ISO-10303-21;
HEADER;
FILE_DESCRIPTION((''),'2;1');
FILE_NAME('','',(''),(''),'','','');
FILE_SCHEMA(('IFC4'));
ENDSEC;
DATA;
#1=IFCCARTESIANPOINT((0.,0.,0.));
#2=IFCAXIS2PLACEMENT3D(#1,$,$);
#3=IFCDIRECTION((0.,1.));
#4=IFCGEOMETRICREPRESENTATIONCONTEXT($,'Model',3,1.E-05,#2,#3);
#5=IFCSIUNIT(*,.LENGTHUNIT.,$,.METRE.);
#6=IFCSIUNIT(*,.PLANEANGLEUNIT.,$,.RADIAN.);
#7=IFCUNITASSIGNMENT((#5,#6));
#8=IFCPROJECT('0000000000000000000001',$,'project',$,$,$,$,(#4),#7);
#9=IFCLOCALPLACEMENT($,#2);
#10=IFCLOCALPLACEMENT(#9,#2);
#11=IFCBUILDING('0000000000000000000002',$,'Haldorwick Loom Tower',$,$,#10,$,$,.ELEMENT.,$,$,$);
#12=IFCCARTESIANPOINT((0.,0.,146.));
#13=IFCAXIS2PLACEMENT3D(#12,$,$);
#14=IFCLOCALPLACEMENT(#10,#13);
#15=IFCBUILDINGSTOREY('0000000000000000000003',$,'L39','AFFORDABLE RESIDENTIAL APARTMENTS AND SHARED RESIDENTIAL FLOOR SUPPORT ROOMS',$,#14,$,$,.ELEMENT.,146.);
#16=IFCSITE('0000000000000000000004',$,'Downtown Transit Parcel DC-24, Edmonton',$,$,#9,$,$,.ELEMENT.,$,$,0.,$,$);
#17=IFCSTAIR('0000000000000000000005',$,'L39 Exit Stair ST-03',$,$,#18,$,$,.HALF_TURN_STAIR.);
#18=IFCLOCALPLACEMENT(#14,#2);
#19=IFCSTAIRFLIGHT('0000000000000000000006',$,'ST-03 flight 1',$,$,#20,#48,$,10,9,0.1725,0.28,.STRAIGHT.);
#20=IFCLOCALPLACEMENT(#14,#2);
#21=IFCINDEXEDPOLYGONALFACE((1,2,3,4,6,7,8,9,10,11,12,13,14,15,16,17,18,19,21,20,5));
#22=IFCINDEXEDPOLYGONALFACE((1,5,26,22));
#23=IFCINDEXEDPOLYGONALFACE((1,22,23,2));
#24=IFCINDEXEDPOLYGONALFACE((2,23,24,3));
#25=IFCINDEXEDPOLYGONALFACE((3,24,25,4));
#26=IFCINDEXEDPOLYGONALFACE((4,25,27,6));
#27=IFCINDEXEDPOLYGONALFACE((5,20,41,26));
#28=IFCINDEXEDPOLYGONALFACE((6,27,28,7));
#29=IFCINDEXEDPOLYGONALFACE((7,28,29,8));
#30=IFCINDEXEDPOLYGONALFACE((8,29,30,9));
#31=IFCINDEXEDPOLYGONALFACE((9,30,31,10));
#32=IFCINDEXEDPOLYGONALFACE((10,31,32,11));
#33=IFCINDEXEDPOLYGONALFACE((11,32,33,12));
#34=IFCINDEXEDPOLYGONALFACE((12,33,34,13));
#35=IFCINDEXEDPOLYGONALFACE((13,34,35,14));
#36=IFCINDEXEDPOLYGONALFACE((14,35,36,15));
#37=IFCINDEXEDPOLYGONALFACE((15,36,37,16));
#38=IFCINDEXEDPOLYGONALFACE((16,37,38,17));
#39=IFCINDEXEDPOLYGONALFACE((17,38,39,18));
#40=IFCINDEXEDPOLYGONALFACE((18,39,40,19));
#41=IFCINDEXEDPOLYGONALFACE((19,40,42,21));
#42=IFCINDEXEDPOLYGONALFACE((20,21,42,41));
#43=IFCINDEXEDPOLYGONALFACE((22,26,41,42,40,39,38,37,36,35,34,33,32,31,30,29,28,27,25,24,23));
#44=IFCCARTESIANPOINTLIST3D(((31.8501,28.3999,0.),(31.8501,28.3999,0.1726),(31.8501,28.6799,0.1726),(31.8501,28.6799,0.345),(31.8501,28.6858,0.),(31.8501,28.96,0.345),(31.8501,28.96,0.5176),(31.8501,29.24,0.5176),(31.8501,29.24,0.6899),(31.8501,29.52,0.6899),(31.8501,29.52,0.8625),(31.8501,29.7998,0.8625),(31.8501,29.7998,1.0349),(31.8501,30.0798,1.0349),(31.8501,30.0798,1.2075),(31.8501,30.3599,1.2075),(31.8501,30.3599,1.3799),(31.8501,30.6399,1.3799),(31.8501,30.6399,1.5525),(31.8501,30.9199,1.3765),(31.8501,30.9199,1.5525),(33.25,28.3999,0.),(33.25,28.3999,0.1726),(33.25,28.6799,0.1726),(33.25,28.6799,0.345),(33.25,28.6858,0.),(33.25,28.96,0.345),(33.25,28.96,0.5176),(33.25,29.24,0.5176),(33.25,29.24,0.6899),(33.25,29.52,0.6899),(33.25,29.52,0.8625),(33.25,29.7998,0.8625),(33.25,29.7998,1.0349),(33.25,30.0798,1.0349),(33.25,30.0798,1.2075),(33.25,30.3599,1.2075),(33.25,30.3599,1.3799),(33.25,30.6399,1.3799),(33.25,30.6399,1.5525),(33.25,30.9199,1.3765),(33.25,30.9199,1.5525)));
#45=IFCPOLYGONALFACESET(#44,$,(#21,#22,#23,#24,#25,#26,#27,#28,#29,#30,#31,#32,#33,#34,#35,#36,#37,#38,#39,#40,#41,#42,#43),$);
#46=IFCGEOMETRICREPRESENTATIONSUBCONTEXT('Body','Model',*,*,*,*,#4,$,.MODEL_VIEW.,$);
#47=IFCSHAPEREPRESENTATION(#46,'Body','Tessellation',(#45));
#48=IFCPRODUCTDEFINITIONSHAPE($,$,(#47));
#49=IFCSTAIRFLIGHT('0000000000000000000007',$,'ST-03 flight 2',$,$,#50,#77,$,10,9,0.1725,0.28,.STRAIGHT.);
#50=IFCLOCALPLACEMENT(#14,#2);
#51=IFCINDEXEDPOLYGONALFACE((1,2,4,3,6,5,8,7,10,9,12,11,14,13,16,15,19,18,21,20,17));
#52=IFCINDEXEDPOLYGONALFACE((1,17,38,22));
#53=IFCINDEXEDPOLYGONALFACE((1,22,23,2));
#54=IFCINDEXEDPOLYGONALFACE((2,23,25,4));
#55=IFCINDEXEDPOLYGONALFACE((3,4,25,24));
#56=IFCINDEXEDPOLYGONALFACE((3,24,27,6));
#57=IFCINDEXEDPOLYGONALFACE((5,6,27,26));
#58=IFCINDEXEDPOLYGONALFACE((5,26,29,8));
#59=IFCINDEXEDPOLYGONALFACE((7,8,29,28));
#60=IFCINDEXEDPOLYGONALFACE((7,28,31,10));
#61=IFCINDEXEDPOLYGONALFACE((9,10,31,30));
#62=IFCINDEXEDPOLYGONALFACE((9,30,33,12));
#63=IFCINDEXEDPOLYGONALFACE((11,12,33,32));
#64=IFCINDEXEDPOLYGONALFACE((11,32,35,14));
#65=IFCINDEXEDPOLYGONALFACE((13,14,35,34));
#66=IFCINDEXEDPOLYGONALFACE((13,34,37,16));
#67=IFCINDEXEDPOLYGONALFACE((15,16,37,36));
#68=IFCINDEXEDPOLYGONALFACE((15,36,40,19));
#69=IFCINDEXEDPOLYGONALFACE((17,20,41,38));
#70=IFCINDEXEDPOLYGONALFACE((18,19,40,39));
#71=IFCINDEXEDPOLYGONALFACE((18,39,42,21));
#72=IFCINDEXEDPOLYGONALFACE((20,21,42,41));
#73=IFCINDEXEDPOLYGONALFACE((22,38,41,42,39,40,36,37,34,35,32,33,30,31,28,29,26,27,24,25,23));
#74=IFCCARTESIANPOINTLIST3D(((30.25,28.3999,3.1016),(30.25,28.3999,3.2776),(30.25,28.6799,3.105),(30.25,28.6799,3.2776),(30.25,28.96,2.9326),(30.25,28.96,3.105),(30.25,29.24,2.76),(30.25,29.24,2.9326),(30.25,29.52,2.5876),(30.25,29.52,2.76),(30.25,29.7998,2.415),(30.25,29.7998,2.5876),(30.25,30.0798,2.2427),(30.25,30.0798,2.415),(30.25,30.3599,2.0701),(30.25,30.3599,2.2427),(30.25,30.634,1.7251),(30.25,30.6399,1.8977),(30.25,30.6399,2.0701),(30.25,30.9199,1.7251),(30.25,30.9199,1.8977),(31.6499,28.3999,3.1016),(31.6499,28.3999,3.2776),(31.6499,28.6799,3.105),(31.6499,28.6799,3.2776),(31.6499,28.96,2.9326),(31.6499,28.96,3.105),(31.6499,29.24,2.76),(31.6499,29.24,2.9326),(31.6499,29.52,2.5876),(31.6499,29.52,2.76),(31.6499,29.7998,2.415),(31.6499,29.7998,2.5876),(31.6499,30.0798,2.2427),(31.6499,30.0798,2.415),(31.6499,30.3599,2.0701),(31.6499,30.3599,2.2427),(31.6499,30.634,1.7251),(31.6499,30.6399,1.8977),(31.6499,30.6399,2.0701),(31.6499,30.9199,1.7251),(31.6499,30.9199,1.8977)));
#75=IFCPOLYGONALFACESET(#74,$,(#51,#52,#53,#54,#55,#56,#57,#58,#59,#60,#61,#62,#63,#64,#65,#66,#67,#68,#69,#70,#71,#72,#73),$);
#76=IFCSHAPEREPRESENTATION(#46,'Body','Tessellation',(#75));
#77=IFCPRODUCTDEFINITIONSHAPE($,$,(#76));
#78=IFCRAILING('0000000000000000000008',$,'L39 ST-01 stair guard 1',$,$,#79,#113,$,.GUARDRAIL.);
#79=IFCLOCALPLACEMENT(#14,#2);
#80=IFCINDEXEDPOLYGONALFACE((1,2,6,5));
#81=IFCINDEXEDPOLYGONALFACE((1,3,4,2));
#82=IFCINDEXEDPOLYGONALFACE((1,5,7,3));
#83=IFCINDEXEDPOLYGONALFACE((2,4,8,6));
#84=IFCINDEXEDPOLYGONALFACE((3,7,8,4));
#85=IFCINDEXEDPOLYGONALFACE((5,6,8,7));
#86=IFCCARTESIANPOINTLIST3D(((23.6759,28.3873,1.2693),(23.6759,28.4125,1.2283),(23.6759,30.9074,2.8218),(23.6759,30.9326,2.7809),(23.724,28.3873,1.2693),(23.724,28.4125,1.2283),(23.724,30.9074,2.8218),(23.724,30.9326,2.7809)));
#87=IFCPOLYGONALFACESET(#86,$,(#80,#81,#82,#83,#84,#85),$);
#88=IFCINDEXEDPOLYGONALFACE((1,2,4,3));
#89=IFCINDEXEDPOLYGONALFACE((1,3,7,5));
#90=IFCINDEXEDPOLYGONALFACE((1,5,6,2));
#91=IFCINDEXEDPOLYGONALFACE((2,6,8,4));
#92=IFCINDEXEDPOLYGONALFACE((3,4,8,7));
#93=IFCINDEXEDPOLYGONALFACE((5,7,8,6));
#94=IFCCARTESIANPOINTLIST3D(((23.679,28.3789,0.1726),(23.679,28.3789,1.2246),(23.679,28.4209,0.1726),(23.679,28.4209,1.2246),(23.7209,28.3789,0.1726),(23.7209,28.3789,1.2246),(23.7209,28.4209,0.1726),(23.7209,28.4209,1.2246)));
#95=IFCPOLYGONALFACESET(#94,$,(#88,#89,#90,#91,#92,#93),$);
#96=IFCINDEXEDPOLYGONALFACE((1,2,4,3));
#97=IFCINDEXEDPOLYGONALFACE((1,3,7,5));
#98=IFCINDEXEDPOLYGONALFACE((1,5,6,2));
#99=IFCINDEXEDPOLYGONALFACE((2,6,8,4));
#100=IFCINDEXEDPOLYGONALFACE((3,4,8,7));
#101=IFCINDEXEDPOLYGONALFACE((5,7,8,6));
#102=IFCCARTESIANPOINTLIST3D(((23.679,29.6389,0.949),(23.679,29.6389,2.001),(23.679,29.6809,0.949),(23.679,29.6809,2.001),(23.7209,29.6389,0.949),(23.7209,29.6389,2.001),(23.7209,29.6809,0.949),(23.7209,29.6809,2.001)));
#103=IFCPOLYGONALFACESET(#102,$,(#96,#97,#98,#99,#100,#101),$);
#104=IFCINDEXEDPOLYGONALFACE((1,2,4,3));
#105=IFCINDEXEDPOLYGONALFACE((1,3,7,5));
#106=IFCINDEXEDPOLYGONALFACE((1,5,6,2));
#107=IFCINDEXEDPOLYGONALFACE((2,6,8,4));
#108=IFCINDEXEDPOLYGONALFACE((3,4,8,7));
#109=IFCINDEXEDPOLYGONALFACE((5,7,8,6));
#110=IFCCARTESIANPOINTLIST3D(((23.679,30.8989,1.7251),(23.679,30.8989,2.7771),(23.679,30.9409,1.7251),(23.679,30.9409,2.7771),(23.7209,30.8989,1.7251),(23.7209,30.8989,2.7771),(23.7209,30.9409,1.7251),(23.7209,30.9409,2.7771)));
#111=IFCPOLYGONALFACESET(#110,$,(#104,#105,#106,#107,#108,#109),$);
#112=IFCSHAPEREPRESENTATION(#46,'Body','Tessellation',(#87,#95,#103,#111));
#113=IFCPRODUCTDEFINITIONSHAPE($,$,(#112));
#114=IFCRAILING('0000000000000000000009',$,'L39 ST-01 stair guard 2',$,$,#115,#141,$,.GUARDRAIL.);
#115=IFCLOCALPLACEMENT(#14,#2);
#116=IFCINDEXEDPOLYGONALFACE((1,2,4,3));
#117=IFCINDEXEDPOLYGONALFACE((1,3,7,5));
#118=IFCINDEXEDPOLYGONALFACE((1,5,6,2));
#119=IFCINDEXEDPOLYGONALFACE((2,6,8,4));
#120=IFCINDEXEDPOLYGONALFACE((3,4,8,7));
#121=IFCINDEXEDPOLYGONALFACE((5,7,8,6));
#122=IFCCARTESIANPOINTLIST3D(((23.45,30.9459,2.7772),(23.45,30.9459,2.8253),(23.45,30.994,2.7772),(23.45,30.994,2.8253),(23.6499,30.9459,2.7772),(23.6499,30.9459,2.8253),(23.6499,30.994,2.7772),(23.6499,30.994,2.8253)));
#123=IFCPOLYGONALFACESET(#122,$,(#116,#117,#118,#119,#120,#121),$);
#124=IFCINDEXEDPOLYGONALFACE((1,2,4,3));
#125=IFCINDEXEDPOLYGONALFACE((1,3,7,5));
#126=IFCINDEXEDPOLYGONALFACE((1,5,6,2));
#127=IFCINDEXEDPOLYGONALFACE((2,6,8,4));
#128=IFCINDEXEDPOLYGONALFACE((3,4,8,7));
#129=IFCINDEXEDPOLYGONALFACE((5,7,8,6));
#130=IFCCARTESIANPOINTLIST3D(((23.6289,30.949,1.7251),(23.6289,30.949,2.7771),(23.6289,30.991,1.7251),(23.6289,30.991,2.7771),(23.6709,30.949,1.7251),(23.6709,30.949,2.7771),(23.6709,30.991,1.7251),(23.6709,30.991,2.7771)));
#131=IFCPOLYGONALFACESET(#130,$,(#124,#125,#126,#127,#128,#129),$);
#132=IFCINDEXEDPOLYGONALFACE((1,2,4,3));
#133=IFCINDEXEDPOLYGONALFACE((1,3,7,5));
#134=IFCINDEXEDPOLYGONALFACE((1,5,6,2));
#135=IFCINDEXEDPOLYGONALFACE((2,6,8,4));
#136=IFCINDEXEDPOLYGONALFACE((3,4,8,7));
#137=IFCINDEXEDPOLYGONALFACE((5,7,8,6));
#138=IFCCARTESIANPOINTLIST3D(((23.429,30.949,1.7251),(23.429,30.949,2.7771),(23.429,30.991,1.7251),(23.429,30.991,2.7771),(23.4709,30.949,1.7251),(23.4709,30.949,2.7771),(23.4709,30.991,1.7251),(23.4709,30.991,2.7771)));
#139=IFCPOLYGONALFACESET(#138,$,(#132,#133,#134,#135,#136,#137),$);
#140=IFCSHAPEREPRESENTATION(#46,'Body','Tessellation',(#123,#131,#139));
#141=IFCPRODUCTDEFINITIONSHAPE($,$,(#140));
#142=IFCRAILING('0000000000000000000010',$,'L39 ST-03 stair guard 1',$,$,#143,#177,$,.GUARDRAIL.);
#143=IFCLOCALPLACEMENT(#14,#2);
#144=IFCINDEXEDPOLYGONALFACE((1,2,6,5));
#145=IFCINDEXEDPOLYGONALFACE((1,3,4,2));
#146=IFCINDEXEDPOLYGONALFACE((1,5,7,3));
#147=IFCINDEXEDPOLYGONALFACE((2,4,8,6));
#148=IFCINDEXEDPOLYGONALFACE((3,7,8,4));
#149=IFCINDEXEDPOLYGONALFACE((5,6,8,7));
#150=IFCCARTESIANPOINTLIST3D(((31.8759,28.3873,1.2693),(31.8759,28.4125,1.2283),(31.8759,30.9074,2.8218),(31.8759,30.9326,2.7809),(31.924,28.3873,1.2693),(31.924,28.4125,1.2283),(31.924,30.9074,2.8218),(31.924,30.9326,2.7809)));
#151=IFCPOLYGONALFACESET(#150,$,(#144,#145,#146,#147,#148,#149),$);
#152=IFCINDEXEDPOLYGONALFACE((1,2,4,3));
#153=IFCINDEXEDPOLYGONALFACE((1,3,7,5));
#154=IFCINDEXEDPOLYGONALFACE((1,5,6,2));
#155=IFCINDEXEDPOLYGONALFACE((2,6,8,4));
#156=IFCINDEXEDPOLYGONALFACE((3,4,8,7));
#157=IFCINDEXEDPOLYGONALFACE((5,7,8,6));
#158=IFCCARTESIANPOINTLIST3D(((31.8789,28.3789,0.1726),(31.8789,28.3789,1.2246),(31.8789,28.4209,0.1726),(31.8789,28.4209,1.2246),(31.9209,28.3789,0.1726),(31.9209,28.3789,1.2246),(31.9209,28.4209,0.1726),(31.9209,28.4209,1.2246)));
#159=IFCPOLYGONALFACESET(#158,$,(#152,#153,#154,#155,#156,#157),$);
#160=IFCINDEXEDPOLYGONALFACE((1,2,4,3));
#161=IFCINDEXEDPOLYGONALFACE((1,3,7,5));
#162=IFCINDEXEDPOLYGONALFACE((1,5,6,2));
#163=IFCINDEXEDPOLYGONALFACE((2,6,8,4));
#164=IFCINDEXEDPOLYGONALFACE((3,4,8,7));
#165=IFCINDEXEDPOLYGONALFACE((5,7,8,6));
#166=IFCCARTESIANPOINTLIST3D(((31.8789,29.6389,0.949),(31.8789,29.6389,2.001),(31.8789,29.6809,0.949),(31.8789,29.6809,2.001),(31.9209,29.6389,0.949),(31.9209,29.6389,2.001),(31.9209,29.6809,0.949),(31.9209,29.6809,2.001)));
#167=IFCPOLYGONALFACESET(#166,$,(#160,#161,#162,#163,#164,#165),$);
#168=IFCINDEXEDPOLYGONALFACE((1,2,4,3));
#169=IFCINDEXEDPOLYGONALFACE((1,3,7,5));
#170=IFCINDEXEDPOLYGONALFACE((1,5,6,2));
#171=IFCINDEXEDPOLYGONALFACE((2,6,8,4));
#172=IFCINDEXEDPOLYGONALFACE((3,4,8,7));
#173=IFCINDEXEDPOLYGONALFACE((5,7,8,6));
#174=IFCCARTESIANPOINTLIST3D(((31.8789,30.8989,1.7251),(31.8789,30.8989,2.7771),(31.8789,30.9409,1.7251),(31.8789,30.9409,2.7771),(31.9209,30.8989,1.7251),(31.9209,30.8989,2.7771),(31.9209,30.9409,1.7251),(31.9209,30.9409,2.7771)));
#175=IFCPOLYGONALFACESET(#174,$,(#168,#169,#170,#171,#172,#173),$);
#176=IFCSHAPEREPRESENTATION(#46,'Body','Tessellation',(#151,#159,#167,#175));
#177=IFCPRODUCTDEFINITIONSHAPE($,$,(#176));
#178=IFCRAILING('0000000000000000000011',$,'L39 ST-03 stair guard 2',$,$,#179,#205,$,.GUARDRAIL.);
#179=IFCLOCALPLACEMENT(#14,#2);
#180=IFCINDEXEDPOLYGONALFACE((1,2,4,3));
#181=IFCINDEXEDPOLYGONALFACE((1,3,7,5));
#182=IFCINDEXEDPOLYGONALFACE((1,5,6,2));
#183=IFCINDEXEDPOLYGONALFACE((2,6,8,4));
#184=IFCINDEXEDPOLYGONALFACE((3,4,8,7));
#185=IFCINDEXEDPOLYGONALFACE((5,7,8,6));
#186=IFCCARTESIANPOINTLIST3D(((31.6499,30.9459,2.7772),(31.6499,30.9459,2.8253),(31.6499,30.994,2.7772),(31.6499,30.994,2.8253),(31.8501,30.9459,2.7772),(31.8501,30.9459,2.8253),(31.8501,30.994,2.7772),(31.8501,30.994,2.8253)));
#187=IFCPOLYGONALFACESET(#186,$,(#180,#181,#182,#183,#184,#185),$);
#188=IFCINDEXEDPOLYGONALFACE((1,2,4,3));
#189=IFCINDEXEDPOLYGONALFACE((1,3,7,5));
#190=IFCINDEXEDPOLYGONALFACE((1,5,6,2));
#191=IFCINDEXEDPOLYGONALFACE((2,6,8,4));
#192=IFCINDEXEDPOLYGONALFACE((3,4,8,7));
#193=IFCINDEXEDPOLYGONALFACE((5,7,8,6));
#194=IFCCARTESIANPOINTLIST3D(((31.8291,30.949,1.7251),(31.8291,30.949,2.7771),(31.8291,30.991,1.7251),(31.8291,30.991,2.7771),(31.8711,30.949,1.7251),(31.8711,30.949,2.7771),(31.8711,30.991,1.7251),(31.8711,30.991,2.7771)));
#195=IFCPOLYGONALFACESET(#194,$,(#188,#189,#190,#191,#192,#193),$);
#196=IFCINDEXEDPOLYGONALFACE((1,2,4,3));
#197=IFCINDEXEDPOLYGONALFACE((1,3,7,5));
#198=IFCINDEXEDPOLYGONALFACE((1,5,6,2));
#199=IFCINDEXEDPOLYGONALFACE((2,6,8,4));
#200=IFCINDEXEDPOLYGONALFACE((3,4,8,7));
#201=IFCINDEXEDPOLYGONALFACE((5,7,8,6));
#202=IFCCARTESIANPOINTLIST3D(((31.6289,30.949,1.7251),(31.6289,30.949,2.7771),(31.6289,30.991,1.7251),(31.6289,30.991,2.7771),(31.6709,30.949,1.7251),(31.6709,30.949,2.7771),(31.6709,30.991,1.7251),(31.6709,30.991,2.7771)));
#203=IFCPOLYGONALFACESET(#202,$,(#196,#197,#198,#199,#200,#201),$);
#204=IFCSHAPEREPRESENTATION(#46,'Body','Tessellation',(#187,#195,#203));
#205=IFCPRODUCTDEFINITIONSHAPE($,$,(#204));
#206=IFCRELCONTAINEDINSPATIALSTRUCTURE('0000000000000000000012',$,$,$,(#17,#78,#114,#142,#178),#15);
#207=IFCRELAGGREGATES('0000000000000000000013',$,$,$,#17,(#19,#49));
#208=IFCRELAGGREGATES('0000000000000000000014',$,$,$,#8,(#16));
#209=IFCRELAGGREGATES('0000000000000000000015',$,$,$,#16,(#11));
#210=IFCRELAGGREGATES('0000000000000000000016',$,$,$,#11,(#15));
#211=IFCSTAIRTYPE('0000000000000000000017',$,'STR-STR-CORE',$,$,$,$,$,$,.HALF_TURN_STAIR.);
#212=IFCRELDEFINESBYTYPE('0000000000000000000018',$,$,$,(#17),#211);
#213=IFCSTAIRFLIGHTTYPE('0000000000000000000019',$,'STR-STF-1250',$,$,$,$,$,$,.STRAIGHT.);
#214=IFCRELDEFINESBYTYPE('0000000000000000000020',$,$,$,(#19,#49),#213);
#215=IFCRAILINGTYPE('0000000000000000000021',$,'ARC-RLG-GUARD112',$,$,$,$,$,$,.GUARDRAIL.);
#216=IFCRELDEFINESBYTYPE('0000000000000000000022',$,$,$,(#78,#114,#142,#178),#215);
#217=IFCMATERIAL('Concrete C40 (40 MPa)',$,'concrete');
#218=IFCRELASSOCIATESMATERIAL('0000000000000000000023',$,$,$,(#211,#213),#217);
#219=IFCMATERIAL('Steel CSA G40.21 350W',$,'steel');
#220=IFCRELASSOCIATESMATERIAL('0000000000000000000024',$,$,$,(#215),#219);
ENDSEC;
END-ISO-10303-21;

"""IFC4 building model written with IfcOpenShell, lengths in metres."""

from ifc_helpers import new_model, si_unit, direction, frame, origin, origin_2d, place, context, subcontext, project, spatial, polyline, rectangle, outline, extrude, material, type_object, element, aggregate, save


model = new_model("IFC4")

# Units and contexts
model_context = context("Model", 3, precision=1e-05, world=origin(), true_north=direction((0.0, 1.0)))
body_context = subcontext(model_context, "Body", "Model", "MODEL_VIEW")
ifc_project = project(units=[si_unit("LENGTHUNIT", "METRE"), si_unit("PLANEANGLEUNIT", "RADIAN")], contexts=[model_context])

# Site, building, storey
site_placement = place(None, origin())
site = spatial("IfcSite", under=ifc_project, at=site_placement, Name="Downtown Transit Parcel DC-24, Edmonton", CompositionType="ELEMENT", RefElevation=0.0)
building_placement = place(site_placement, origin())
building = spatial("IfcBuilding", under=site, at=building_placement, Name="Haldorwick Loom Tower", CompositionType="ELEMENT")
storey_placement = place(building_placement, frame((0.0, 0.0, 146.0)))
storey = spatial("IfcBuildingStorey", under=building, at=storey_placement, Name="L39", Description="AFFORDABLE RESIDENTIAL APARTMENTS AND SHARED RESIDENTIAL FLOOR SUPPORT ROOMS", CompositionType="ELEMENT", Elevation=146.0)

# Shared definitions
ifc_material_1 = material(Name="Steel CSA G40.21 350W", Category="steel")

# Shared definitions
ifc_material_2 = material(Name="Concrete C40 (40 MPa)", Category="concrete")
stair_type = type_object("IfcStairType", Name="STR-STR-CORE", PredefinedType="HALF_TURN_STAIR", material=ifc_material_2)
stair_flight_type = type_object("IfcStairFlightType", Name="STR-STF-1250", PredefinedType="STRAIGHT", material=ifc_material_2)

# Stair, stair flights
stair_1_placement = place(storey_placement, origin())
stair_1 = element("IfcStair", 1, at=stair_1_placement, inside=storey, type_object=stair_type, Name="L39 Exit Stair ST-03", PredefinedType="HALF_TURN_STAIR")
stair_flight_1_placement = place(storey_placement, frame((32.55, 28.3999, 0.0), z_axis=(0.0, 0.0, 1.0), x_axis=(0.0, 1.0, 0.0)))
stair_flight_1 = element("IfcStairFlight", 2, at=stair_flight_1_placement, type_object=stair_flight_type, Name="ST-03 flight 1", NumberOfRisers=10, NumberOfTreads=9, PredefinedType="STRAIGHT", RiserHeight=0.1725, TreadLength=0.28, context=body_context, shape_type="SweptSolid", body=[
    extrude(outline(polyline([(0.0, 0.0), (0.0, 0.1726), (0.28, 0.1726), (0.28, 0.345), (0.5601, 0.345), (0.5601, 0.5176), (0.8401, 0.5176), (0.8401, 0.6899), (1.1201, 0.6899), (1.1201, 0.8625), (1.3999, 0.8625), (1.3999, 1.0349), (1.6799, 1.0349), (1.6799, 1.2075), (1.96, 1.2075), (1.96, 1.3799), (2.24, 1.3799), (2.24, 1.5525), (2.52, 1.5525), (2.52, 1.7251), (2.52, 1.3765), (0.2859, 0.0), (0.0, 0.0)])), frame((0.0, 0.7, 0.0), z_axis=(0.0, -1.0, 0.0), x_axis=(1.0, 0.0, 0.0)), (0.0, 0.0, 1.0), 1.3999),
])
stair_flight_2_placement = place(storey_placement, frame((30.95, 30.9199, 1.7251), z_axis=(0.0, 0.0, 1.0), x_axis=(0.0, -1.0, 0.0)))
stair_flight_2 = element("IfcStairFlight", 3, at=stair_flight_2_placement, type_object=stair_flight_type, Name="ST-03 flight 2", NumberOfRisers=10, NumberOfTreads=9, PredefinedType="STRAIGHT", RiserHeight=0.1725, TreadLength=0.28, context=body_context, shape_type="SweptSolid", body=[
    extrude(outline(polyline([(0.0, 0.0), (0.0, 0.1726), (0.28, 0.1726), (0.28, 0.345), (0.5601, 0.345), (0.5601, 0.5176), (0.8401, 0.5176), (0.8401, 0.6899), (1.1201, 0.6899), (1.1201, 0.8625), (1.3999, 0.8625), (1.3999, 1.0349), (1.6799, 1.0349), (1.6799, 1.2075), (1.96, 1.2075), (1.96, 1.3799), (2.24, 1.3799), (2.24, 1.5525), (2.52, 1.5525), (2.52, 1.7251), (2.52, 1.3765), (0.2859, 0.0), (0.0, 0.0)])), frame((0.0, 0.7, 0.0), z_axis=(0.0, -1.0, 0.0), x_axis=(1.0, 0.0, 0.0)), (0.0, 0.0, 1.0), 1.3999),
])
aggregate(stair_1, [stair_flight_1, stair_flight_2])

# Railings
railing_type_1 = type_object("IfcRailingType", Name="ARC-RLG-GUARD112", PredefinedType="GUARDRAIL", material=ifc_material_1)
railing_1_placement = place(storey_placement, frame((23.7, 28.3999, 0.1726)))
element("IfcRailing", 4, at=railing_1_placement, inside=storey, type_object=railing_type_1, Name="L39 ST-01 stair guard 1", PredefinedType="GUARDRAIL", context=body_context, shape_type="SweptSolid", body=[
    extrude(rectangle(XDim=0.0481, YDim=0.0481, at=origin_2d()), frame((0.0, 0.0, 1.0762), z_axis=(0.0, 0.8514, 0.524516), x_axis=(-1.0, 0.0, 0.0)), (0.0, 0.0, 1.0), 2.96),
    extrude(rectangle(XDim=0.042, YDim=0.042, at=origin_2d()), origin(), (0.0, 0.0, 1.0), 1.052),
    extrude(rectangle(XDim=0.042, YDim=0.042, at=origin_2d()), frame((0.0, 1.26, 0.7764)), (0.0, 0.0, 1.0), 1.052),
    extrude(rectangle(XDim=0.042, YDim=0.042, at=origin_2d()), frame((0.0, 2.52, 1.5525)), (0.0, 0.0, 1.0), 1.052),
])
railing_2_placement = place(storey_placement, frame((23.6499, 30.97, 1.7251)))
element("IfcRailing", 5, at=railing_2_placement, inside=storey, type_object=railing_type_1, Name="L39 ST-01 stair guard 2", PredefinedType="GUARDRAIL", context=body_context, shape_type="SweptSolid", body=[
    extrude(rectangle(XDim=0.0481, YDim=0.0481, at=origin_2d()), frame((0.0, 0.0, 1.0762), z_axis=(-1.0, 0.0, 0.0), x_axis=(0.0, -1.0, 0.0)), (0.0, 0.0, 1.0), 0.2),
    extrude(rectangle(XDim=0.042, YDim=0.042, at=origin_2d()), origin(), (0.0, 0.0, 1.0), 1.052),
    extrude(rectangle(XDim=0.042, YDim=0.042, at=origin_2d()), frame((-0.2, 0.0, 0.0)), (0.0, 0.0, 1.0), 1.052),
])
railing_3_placement = place(storey_placement, frame((31.8999, 28.3999, 0.1726)))
element("IfcRailing", 6, at=railing_3_placement, inside=storey, type_object=railing_type_1, Name="L39 ST-03 stair guard 1", PredefinedType="GUARDRAIL", context=body_context, shape_type="SweptSolid", body=[
    extrude(rectangle(XDim=0.0481, YDim=0.0481, at=origin_2d()), frame((0.0, 0.0, 1.0762), z_axis=(0.0, 0.8514, 0.524516), x_axis=(-1.0, 0.0, 0.0)), (0.0, 0.0, 1.0), 2.96),
    extrude(rectangle(XDim=0.042, YDim=0.042, at=origin_2d()), origin(), (0.0, 0.0, 1.0), 1.052),
    extrude(rectangle(XDim=0.042, YDim=0.042, at=origin_2d()), frame((0.0, 1.26, 0.7764)), (0.0, 0.0, 1.0), 1.052),
    extrude(rectangle(XDim=0.042, YDim=0.042, at=origin_2d()), frame((0.0, 2.52, 1.5525)), (0.0, 0.0, 1.0), 1.052),
])
railing_4_placement = place(storey_placement, frame((31.8501, 30.97, 1.7251)))
element("IfcRailing", 7, at=railing_4_placement, inside=storey, type_object=railing_type_1, Name="L39 ST-03 stair guard 2", PredefinedType="GUARDRAIL", context=body_context, shape_type="SweptSolid", body=[
    extrude(rectangle(XDim=0.0481, YDim=0.0481, at=origin_2d()), frame((0.0, 0.0, 1.0762), z_axis=(-1.0, 0.0, 0.0), x_axis=(0.0, -1.0, 0.0)), (0.0, 0.0, 1.0), 0.2002),
    extrude(rectangle(XDim=0.042, YDim=0.042, at=origin_2d()), origin(), (0.0, 0.0, 1.0), 1.052),
    extrude(rectangle(XDim=0.042, YDim=0.042, at=origin_2d()), frame((-0.2002, 0.0, 0.0)), (0.0, 0.0, 1.0), 1.052),
])

save(model, "model.ifc")
